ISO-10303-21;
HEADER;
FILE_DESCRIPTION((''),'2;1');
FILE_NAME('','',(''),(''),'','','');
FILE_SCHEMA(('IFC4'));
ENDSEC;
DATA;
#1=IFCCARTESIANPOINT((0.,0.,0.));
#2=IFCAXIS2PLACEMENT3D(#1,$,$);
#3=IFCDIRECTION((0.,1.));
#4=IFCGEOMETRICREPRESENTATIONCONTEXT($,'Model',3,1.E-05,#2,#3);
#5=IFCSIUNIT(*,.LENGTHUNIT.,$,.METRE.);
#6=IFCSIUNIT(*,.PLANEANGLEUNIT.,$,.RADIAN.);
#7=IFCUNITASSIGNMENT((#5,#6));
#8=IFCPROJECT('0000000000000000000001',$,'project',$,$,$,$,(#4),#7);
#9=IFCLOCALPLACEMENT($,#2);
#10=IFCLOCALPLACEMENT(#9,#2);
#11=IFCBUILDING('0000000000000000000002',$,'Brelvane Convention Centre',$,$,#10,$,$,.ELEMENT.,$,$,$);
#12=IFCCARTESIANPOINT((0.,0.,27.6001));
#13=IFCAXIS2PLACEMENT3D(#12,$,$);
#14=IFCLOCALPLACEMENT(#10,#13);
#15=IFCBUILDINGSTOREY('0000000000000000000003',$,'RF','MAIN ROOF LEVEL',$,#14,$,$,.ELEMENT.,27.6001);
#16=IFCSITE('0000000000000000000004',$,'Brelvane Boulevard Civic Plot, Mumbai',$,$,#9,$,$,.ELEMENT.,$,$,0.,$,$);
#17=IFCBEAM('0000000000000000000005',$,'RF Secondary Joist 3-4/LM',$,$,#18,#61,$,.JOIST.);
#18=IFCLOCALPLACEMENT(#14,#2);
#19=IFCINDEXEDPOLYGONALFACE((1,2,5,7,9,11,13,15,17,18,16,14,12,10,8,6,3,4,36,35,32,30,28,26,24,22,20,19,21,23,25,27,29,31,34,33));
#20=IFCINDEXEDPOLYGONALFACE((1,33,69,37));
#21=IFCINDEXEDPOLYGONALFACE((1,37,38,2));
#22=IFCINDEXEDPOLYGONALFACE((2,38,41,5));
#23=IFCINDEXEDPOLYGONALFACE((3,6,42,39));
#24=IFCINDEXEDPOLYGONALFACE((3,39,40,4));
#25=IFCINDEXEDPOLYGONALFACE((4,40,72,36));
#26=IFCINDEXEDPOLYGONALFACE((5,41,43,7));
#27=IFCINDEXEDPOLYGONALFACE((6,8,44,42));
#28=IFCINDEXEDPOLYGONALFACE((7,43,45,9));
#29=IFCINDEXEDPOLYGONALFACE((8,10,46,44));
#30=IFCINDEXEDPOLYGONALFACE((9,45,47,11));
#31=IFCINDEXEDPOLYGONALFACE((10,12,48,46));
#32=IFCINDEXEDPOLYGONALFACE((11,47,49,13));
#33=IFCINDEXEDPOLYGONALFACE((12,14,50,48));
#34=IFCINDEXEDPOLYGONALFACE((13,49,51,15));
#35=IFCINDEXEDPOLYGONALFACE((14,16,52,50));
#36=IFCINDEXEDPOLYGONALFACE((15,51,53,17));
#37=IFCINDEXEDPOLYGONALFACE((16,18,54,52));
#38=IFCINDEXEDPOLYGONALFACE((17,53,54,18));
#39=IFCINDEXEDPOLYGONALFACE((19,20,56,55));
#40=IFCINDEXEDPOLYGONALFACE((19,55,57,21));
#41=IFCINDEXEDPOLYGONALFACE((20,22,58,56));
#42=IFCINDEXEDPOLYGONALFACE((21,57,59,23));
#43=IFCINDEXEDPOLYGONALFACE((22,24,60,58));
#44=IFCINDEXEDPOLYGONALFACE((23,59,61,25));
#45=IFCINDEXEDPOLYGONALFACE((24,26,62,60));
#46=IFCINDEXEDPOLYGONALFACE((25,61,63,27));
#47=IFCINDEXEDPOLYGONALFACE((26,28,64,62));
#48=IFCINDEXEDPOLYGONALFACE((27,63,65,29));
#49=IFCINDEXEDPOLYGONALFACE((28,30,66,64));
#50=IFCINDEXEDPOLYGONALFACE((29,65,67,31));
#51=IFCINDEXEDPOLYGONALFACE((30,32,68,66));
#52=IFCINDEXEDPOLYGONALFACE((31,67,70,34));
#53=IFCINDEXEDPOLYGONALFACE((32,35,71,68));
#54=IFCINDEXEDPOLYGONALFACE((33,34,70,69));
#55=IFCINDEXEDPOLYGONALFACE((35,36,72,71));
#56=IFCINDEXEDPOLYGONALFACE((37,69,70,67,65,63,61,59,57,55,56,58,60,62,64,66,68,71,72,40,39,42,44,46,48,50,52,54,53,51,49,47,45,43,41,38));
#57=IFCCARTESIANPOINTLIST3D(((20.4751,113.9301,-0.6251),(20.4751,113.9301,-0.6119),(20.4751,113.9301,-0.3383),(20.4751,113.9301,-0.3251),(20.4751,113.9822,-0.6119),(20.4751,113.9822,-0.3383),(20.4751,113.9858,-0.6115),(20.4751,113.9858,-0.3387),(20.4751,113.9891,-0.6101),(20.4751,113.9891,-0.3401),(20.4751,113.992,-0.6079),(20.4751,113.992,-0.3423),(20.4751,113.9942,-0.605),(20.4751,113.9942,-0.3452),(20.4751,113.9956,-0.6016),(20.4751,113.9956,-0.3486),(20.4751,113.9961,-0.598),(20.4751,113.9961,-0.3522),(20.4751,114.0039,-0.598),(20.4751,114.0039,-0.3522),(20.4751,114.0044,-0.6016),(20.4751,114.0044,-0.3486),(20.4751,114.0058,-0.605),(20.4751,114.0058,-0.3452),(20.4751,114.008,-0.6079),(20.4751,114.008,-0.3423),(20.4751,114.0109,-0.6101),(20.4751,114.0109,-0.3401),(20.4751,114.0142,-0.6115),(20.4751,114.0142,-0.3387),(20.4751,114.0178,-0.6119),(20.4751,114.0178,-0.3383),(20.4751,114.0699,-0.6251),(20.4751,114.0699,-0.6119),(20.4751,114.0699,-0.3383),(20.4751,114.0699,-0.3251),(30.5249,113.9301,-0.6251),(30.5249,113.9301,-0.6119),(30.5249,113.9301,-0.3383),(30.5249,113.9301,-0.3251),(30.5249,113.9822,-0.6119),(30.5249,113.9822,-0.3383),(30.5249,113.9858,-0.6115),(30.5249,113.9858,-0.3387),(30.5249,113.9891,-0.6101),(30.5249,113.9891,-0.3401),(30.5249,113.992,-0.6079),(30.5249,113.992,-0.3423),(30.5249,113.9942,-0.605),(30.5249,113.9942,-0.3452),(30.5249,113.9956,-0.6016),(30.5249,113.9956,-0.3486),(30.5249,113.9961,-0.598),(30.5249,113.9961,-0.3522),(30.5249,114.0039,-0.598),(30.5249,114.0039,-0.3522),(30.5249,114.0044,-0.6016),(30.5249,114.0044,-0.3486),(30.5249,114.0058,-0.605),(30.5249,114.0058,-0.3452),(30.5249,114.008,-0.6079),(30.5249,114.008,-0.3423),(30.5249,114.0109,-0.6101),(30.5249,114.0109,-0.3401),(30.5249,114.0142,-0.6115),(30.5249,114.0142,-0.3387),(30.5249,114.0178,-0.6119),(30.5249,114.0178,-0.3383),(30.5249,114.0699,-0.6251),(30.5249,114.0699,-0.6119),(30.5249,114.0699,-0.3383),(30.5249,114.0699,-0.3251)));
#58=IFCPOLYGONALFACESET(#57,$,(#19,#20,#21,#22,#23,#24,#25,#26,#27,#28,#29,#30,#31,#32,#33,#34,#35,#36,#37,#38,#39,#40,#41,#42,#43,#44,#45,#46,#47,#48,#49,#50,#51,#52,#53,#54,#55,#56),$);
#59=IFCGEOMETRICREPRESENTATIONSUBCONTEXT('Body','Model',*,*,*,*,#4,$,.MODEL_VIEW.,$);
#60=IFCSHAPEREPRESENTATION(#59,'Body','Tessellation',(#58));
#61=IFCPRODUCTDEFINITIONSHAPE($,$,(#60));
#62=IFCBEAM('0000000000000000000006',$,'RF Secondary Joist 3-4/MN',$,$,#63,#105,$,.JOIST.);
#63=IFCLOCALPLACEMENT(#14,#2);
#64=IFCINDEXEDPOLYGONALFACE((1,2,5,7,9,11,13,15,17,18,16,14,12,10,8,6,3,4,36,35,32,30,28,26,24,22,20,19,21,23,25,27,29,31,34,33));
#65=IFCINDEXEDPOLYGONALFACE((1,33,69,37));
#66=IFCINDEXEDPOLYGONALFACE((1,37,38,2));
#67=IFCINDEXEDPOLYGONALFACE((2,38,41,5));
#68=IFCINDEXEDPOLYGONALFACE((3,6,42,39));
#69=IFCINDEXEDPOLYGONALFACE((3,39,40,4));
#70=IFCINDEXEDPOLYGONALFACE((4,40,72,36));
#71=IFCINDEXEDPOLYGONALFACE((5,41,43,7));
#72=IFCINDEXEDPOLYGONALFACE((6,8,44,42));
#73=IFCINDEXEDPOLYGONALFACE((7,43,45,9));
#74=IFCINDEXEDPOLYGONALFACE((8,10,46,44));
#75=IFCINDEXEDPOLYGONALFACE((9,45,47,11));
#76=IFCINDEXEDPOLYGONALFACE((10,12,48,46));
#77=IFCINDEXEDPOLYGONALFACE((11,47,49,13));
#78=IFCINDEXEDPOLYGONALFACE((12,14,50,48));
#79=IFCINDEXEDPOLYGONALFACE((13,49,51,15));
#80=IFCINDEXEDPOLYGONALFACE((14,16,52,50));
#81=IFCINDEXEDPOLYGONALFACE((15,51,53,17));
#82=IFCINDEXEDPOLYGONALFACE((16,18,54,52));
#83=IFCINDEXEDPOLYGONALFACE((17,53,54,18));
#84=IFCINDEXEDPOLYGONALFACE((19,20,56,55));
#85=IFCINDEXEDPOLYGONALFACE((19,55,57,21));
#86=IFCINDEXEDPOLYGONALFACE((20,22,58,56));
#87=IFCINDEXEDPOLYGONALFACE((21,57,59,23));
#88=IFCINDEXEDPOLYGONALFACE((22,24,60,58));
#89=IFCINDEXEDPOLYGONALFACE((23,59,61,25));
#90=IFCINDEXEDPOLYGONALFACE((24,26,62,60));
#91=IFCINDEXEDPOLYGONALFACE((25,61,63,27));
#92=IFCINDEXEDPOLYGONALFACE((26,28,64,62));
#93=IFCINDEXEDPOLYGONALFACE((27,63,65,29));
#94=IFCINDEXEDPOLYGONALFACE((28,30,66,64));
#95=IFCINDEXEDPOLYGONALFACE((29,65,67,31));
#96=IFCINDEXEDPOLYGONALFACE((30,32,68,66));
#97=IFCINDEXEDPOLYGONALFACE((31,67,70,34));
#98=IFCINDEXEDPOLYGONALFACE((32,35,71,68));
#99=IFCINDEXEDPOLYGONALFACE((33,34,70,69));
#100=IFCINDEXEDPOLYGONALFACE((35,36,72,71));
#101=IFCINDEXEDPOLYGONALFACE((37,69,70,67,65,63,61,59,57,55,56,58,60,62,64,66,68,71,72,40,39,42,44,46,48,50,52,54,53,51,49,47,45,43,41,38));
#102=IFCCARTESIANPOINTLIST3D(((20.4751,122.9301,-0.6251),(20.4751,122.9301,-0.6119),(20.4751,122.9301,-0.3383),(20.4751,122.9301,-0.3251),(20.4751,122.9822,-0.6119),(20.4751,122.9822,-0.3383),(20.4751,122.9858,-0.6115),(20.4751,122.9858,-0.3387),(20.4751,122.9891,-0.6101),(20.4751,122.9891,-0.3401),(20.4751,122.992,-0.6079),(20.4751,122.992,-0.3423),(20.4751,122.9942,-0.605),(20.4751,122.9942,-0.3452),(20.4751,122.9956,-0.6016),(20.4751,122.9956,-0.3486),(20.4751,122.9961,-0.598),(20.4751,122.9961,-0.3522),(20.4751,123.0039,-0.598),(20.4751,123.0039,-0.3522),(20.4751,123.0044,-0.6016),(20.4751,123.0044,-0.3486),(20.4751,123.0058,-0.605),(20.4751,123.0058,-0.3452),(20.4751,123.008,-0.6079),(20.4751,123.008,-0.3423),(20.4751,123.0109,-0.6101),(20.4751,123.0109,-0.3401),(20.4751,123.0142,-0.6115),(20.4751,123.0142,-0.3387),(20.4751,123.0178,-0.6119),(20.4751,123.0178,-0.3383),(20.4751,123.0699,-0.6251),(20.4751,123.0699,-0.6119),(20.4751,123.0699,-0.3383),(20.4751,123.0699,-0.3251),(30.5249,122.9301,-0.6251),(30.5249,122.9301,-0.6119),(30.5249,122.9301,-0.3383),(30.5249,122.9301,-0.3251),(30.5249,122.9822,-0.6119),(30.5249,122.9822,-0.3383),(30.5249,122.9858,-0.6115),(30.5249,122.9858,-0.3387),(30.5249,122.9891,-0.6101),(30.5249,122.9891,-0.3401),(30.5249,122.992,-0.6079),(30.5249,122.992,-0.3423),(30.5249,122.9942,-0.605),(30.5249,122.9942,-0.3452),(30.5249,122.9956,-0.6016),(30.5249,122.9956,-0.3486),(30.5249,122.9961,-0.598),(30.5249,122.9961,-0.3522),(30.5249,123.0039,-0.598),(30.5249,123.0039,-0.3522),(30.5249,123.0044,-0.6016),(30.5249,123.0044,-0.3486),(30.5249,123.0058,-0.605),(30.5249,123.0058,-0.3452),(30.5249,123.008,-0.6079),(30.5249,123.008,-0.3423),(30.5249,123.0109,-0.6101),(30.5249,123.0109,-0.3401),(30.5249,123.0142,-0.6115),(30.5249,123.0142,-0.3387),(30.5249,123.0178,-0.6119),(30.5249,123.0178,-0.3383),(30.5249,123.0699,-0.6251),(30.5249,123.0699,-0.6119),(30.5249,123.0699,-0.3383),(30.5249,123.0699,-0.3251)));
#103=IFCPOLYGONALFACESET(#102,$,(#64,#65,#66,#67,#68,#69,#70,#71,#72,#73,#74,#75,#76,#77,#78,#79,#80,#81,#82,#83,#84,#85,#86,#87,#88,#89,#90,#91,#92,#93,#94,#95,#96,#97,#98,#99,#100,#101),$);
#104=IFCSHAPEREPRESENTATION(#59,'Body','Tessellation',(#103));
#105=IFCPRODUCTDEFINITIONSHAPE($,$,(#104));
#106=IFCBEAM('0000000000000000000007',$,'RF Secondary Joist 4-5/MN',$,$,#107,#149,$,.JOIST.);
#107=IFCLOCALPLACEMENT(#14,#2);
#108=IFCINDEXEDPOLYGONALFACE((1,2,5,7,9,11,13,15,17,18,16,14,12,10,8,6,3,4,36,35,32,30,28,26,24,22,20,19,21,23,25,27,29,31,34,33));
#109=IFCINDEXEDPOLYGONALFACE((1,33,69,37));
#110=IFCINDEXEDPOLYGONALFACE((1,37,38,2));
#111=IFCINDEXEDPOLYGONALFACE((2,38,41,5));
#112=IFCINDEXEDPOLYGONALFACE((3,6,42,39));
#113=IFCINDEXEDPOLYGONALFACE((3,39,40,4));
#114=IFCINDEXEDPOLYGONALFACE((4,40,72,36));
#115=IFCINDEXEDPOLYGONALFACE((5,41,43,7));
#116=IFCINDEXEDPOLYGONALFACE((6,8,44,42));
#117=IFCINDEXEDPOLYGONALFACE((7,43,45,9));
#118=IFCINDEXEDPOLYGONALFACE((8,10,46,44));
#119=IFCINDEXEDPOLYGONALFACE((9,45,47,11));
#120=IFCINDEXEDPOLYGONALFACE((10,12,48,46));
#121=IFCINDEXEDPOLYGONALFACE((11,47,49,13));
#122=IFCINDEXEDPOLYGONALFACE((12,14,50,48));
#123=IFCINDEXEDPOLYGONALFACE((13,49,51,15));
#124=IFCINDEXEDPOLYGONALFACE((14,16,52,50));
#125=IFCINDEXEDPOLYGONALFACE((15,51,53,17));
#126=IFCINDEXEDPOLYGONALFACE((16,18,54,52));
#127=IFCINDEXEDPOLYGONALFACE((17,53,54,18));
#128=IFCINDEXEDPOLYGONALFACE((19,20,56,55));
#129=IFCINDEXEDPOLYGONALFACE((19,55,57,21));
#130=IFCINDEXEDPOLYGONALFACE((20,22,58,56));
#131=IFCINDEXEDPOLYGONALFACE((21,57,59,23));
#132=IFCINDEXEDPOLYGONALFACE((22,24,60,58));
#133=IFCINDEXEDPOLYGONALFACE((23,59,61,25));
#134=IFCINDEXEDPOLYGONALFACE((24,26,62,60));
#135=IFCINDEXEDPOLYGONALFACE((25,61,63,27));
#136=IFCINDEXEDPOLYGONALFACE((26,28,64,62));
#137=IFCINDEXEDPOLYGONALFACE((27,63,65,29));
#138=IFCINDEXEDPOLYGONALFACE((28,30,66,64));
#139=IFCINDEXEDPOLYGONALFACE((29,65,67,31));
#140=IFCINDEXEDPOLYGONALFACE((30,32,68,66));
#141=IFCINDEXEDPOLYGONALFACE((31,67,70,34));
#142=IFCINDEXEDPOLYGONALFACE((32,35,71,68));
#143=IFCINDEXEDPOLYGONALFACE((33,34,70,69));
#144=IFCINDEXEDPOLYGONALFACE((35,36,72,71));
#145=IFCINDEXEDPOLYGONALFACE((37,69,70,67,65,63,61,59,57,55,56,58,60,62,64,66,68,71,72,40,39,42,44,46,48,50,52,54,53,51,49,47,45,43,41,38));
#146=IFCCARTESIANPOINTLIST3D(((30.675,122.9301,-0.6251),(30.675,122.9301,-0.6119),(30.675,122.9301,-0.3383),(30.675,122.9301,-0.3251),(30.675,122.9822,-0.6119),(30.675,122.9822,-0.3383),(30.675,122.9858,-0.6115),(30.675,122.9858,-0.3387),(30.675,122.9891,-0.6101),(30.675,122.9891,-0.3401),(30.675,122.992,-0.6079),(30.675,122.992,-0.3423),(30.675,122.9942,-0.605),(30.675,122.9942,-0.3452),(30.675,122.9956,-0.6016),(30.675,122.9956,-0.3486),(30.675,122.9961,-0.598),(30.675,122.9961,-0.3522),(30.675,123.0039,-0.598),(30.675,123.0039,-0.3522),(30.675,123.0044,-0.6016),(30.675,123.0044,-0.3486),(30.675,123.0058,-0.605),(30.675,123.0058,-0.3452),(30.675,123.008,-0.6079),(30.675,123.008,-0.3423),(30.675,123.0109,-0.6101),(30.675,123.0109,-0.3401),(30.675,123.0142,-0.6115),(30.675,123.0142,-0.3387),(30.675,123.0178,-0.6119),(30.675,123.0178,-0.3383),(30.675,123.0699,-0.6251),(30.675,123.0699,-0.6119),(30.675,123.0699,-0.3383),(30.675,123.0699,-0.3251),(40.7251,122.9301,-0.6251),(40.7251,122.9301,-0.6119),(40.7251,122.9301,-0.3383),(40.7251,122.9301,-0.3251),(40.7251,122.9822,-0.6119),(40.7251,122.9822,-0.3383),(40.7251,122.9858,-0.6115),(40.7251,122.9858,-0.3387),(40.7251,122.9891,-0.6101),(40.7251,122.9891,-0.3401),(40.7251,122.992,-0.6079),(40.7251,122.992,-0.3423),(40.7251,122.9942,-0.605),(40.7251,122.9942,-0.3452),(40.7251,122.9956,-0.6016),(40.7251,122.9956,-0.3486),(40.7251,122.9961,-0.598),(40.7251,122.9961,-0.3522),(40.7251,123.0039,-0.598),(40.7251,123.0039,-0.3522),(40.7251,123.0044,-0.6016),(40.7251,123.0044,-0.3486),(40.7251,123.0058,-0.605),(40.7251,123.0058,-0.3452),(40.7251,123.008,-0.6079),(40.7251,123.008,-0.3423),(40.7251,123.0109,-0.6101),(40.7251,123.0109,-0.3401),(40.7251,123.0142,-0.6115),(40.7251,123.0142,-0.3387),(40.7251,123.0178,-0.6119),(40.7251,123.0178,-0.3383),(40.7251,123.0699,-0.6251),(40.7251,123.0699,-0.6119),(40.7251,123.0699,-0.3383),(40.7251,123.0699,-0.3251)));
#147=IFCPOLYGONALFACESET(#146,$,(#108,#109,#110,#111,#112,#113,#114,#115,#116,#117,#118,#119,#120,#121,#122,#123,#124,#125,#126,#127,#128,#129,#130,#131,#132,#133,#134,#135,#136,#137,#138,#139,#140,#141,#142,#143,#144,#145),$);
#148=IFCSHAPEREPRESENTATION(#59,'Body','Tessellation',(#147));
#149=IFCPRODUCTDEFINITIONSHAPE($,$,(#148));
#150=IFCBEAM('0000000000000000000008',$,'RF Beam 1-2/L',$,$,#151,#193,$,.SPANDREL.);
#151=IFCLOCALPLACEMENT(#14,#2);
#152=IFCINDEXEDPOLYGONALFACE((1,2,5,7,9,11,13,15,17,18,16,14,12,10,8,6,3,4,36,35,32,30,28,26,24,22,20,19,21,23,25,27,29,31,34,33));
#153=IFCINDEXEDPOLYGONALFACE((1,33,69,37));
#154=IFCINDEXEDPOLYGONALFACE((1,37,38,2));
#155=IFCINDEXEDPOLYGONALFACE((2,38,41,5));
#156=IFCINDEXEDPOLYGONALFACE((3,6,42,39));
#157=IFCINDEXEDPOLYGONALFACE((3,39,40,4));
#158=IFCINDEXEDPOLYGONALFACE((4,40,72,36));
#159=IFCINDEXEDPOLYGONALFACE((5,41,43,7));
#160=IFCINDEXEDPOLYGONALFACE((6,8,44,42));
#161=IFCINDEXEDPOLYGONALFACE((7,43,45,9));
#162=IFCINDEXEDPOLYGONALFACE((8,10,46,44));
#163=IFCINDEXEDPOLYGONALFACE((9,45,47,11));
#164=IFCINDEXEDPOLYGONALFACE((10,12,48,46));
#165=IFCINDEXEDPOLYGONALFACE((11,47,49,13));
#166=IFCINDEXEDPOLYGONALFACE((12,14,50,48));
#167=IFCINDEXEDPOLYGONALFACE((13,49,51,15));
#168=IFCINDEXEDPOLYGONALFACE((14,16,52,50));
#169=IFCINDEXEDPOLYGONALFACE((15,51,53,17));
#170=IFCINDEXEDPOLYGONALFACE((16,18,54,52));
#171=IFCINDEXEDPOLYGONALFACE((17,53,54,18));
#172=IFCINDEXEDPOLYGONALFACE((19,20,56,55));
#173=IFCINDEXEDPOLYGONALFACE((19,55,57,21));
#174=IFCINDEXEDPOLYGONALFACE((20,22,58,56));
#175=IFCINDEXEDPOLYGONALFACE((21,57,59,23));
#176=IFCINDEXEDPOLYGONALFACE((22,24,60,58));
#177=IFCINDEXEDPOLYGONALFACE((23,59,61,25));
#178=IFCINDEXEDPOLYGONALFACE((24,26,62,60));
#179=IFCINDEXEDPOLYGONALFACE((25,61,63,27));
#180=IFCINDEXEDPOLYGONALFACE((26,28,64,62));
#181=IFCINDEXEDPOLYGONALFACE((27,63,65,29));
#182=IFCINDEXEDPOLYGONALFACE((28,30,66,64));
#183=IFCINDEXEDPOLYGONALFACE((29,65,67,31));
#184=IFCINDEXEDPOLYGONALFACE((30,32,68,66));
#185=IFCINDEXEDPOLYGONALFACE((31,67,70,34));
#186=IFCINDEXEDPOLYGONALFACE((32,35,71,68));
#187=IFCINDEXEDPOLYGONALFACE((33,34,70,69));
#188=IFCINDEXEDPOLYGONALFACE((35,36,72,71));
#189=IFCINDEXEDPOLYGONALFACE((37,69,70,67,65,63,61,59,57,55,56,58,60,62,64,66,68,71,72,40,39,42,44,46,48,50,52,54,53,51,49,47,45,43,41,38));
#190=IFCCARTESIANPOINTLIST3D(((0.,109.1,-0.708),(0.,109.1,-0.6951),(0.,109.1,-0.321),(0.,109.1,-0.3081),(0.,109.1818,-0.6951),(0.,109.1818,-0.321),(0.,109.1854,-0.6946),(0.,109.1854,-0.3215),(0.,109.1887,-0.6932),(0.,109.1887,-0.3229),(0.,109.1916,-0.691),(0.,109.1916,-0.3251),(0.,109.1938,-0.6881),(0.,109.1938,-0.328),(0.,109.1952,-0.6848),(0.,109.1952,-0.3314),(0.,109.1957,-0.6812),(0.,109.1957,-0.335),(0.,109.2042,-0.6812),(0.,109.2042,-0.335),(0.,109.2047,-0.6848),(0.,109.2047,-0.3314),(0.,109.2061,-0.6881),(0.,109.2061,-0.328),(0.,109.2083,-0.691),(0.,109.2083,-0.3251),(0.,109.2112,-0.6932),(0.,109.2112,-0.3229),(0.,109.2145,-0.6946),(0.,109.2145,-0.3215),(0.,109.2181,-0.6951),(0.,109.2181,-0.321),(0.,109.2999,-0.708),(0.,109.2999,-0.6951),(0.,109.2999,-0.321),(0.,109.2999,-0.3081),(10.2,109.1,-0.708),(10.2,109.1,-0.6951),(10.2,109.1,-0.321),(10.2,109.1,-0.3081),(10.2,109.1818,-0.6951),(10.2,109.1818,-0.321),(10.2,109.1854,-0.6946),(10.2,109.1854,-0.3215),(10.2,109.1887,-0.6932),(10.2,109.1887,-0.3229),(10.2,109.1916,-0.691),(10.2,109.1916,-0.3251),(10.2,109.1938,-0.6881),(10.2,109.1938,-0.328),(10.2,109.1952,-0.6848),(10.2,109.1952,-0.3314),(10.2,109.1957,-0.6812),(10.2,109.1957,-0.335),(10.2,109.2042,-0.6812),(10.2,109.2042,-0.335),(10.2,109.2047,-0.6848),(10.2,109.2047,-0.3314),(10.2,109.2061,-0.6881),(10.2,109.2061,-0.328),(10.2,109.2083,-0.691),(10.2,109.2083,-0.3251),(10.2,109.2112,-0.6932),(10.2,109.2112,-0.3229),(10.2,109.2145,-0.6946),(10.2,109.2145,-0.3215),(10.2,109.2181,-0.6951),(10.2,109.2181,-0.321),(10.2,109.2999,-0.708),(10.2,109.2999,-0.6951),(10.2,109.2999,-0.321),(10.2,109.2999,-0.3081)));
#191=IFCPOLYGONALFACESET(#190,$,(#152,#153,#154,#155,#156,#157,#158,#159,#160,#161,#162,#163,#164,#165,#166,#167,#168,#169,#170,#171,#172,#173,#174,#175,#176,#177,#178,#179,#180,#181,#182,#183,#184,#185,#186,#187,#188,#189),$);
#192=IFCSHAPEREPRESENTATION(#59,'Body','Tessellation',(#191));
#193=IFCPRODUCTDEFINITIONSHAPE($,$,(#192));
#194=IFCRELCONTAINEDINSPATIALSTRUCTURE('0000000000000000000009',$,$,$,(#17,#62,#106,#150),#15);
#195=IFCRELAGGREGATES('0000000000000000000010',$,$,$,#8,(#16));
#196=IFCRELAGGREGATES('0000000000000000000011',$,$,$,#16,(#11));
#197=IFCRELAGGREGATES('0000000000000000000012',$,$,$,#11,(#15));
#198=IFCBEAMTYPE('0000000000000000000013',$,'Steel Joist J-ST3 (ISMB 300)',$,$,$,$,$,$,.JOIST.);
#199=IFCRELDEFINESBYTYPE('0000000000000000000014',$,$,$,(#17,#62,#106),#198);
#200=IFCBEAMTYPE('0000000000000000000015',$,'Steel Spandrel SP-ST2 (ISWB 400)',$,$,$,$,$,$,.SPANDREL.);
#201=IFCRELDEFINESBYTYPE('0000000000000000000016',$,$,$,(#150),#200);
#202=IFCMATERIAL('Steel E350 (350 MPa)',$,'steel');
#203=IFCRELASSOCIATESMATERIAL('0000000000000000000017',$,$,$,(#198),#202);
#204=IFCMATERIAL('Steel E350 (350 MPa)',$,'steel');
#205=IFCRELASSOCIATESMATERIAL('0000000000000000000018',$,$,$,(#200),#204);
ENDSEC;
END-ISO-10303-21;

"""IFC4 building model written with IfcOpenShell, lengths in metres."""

from ifc_helpers import new_model, si_unit, direction, frame, origin, origin_2d, place, context, subcontext, project, spatial, i_section, extrude, material, material_profile, profile_set, type_object, element, save


model = new_model("IFC4")

# Units and contexts
model_context = context("Model", 3, precision=1e-05, world=origin(), true_north=direction((0.0, 1.0)))
body_context = subcontext(model_context, "Body", "Model", "MODEL_VIEW")
ifc_project = project(units=[si_unit("LENGTHUNIT", "METRE"), si_unit("PLANEANGLEUNIT", "RADIAN")], contexts=[model_context])

# Site, building, storey
site_placement = place(None, origin())
site = spatial("IfcSite", under=ifc_project, at=site_placement, Name="Brelvane Boulevard Civic Plot, Mumbai", CompositionType="ELEMENT", RefElevation=0.0)
building_placement = place(site_placement, origin())
building = spatial("IfcBuilding", under=site, at=building_placement, Name="Brelvane Convention Centre", CompositionType="ELEMENT")
storey_placement = place(building_placement, frame((0.0, 0.0, 27.6001)))
storey = spatial("IfcBuildingStorey", under=building, at=storey_placement, Name="RF", Description="MAIN ROOF LEVEL", CompositionType="ELEMENT", Elevation=27.6001)

# Beams
ifc_material_1 = material(Name="Steel E350 (350 MPa)", Category="steel")
ifc_material_profile_1 = material_profile(ifc_material_1, i_section(OverallWidth=0.1399, OverallDepth=0.3, WebThickness=0.0078, FlangeThickness=0.0132, FilletRadius=0.0139, at=origin_2d()), Name="ISMB 300")
ifc_profile_set_1 = profile_set([ifc_material_profile_1], Name="Steel E350 (350 MPa)")
beam_type_1 = type_object("IfcBeamType", Name="Steel Joist J-ST3 (ISMB 300)", PredefinedType="JOIST", material=ifc_profile_set_1)
for number, where, z_axis, x_axis, name in (
    (1, (20.4751, 114.0, -0.4751), (1.0, 0.0, 0.0), (0.0, 1.0, 0.0), "RF Secondary Joist 3-4/LM"),
    (2, (20.4751, 123.0, -0.4751), (1.0, 0.0, 0.0), (0.0, 1.0, 0.0), "RF Secondary Joist 3-4/MN"),
):
    element("IfcBeam", number, at=place(storey_placement, frame(where, z_axis=z_axis, x_axis=x_axis)), inside=storey, type_object=beam_type_1, Name=name, PredefinedType="JOIST", context=body_context, shape_type="SweptSolid", body=[
        extrude(i_section(OverallWidth=0.1399, OverallDepth=0.3, WebThickness=0.0078, FlangeThickness=0.0132, FilletRadius=0.0139, at=origin_2d()), origin(), (0.0, 0.0, 1.0), 10.0498),
    ])
beam_1_placement = place(storey_placement, frame((30.675, 123.0, -0.4751), z_axis=(1.0, 0.0, 0.0), x_axis=(0.0, 1.0, 0.0)))
element("IfcBeam", 3, at=beam_1_placement, inside=storey, type_object=beam_type_1, Name="RF Secondary Joist 4-5/MN", PredefinedType="JOIST", context=body_context, shape_type="SweptSolid", body=[
    extrude(i_section(OverallWidth=0.1399, OverallDepth=0.3, WebThickness=0.0078, FlangeThickness=0.0132, FilletRadius=0.0139, at=origin_2d()), origin(), (0.0, 0.0, 1.0), 10.05),
])
ifc_material_2 = material(Name="Steel E350 (350 MPa)", Category="steel")
ifc_material_profile_2 = material_profile(ifc_material_2, i_section(OverallWidth=0.2, OverallDepth=0.3999, WebThickness=0.0085, FlangeThickness=0.0129, FilletRadius=0.0139, at=origin_2d()), Name="ISWB 400")
ifc_profile_set_2 = profile_set([ifc_material_profile_2], Name="Steel E350 (350 MPa)")
beam_type_2 = type_object("IfcBeamType", Name="Steel Spandrel SP-ST2 (ISWB 400)", PredefinedType="SPANDREL", material=ifc_profile_set_2)
for number, where, z_axis, x_axis, name in (
    (4, (0.0, 109.2, -0.5081), (1.0, 0.0, 0.0), (0.0, 1.0, 0.0), "RF Beam 1-2/L"),
):
    element("IfcBeam", number, at=place(storey_placement, frame(where, z_axis=z_axis, x_axis=x_axis)), inside=storey, type_object=beam_type_2, Name=name, PredefinedType="SPANDREL", context=body_context, shape_type="SweptSolid", body=[
        extrude(i_section(OverallWidth=0.2, OverallDepth=0.3999, WebThickness=0.0085, FlangeThickness=0.0129, FilletRadius=0.0139, at=origin_2d()), origin(), (0.0, 0.0, 1.0), 10.2),
    ])

save(model, "model.ifc")
